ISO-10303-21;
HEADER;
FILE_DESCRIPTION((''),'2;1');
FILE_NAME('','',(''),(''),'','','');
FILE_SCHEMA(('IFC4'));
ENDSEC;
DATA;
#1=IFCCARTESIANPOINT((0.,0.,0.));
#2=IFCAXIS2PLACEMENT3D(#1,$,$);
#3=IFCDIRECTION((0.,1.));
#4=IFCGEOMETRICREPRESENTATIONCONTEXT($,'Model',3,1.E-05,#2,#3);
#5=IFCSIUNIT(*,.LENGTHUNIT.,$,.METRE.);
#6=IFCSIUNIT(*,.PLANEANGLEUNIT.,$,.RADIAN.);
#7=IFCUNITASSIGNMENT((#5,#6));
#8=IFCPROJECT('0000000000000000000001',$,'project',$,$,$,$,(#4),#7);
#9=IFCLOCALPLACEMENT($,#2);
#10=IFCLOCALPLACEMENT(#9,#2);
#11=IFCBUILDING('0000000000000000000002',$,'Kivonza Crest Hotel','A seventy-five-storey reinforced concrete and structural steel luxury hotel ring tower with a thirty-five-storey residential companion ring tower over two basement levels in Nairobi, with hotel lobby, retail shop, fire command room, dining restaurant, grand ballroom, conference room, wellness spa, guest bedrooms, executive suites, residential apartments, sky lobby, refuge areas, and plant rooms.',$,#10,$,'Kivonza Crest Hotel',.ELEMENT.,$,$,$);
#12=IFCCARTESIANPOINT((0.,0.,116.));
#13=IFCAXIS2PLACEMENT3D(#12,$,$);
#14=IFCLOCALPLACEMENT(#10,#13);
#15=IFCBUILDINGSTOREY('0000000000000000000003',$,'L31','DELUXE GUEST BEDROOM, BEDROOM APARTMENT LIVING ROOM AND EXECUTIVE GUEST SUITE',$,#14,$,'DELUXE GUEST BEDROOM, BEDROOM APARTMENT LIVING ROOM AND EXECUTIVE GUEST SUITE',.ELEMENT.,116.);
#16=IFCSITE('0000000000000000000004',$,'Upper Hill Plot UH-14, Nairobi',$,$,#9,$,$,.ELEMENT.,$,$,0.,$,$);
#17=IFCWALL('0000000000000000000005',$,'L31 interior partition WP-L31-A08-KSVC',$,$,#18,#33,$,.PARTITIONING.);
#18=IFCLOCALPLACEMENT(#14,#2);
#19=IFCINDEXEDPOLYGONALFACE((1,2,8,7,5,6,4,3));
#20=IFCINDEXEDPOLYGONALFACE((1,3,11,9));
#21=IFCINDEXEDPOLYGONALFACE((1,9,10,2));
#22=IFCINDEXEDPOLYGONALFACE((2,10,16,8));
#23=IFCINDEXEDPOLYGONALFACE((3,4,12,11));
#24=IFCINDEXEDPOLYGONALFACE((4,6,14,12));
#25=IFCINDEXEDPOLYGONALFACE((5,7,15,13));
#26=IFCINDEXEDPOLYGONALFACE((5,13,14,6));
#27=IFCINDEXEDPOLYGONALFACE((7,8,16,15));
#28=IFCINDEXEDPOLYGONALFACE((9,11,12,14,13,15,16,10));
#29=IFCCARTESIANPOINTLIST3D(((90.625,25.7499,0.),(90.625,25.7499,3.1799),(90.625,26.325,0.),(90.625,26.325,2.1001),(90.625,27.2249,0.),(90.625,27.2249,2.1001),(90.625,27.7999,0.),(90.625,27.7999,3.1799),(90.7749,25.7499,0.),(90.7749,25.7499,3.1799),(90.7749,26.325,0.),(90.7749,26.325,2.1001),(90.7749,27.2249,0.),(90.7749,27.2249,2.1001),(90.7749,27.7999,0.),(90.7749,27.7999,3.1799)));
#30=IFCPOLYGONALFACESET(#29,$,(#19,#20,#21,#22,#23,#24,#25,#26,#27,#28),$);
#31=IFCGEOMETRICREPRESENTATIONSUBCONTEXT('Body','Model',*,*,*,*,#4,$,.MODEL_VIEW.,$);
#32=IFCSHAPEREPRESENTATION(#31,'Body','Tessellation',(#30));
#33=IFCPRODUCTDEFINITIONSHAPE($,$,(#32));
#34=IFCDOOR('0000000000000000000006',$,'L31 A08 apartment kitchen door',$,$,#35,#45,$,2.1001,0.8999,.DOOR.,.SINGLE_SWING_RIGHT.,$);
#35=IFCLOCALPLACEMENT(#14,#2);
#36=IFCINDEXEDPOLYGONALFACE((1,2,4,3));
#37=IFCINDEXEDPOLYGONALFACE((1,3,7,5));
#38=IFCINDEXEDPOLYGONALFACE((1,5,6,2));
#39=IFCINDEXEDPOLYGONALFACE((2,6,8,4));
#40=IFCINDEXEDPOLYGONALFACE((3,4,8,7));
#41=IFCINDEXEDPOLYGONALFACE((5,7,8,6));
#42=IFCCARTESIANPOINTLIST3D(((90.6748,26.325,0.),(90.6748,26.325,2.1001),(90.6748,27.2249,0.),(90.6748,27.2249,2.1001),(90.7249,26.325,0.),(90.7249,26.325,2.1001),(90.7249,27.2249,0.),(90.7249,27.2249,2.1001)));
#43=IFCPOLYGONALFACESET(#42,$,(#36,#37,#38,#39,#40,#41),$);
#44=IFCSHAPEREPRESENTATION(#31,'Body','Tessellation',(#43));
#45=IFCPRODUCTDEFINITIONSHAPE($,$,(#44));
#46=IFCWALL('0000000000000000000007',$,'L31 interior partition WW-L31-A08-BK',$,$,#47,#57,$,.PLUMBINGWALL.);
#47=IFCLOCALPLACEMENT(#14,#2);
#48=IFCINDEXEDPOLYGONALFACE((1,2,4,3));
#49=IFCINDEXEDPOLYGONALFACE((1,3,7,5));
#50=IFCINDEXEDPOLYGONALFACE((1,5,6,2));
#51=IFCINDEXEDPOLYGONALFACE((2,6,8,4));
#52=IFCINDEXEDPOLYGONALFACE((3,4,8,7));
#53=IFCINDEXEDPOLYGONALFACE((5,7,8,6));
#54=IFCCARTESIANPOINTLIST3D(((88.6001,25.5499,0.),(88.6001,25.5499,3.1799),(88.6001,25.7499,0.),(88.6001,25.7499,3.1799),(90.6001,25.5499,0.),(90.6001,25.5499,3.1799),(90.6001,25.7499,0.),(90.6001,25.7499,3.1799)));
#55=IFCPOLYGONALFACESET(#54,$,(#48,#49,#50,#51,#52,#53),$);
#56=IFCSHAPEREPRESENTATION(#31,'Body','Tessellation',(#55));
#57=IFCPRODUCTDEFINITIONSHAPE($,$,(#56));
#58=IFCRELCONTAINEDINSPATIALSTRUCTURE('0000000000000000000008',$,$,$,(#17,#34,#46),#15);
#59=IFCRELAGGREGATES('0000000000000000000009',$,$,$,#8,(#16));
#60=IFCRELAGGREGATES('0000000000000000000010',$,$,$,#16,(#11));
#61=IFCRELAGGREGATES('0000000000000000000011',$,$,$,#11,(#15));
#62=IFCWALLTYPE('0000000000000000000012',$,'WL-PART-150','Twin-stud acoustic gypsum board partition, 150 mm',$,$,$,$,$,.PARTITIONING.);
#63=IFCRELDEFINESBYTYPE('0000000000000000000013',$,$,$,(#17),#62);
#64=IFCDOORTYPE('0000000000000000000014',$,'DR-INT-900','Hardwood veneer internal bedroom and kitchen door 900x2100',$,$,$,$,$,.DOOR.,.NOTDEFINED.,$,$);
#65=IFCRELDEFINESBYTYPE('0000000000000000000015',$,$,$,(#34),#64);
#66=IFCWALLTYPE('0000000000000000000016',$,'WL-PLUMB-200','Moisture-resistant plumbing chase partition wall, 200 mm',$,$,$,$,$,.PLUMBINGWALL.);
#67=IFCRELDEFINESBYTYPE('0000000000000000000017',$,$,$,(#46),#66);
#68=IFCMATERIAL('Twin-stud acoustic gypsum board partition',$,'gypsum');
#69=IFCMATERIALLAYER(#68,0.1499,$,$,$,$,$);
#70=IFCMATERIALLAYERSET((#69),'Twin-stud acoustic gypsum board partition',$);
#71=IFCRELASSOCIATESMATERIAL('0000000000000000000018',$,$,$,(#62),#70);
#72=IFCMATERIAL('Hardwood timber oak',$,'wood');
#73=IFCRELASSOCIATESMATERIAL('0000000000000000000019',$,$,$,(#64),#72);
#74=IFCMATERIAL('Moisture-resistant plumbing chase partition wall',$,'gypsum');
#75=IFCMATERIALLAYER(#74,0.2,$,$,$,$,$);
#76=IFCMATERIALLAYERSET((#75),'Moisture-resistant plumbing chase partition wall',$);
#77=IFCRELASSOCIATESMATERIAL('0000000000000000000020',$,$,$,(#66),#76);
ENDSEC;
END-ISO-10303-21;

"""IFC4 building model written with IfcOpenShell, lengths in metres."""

from ifc_helpers import new_model, si_unit, direction, frame, frame_2d, origin, place, context, subcontext, project, spatial, rectangle, extrude, material, layer, layer_set, type_object, element, fill, save


model = new_model("IFC4")

# Units and contexts
model_context = context("Model", 3, precision=1e-05, world=origin(), true_north=direction((0.0, 1.0)))
body_context = subcontext(model_context, "Body", "Model", "MODEL_VIEW")
ifc_project = project(units=[si_unit("LENGTHUNIT", "METRE"), si_unit("PLANEANGLEUNIT", "RADIAN")], contexts=[model_context])

# Site, building, storey
site_placement = place(None, origin())
site = spatial("IfcSite", under=ifc_project, at=site_placement, Name="Upper Hill Plot UH-14, Nairobi", CompositionType="ELEMENT", RefElevation=0.0)
building_placement = place(site_placement, origin())
building = spatial("IfcBuilding", under=site, at=building_placement, Name="Kivonza Crest Hotel", Description="A seventy-five-storey reinforced concrete and structural steel luxury hotel ring tower with a thirty-five-storey residential companion ring tower over two basement levels in Nairobi, with hotel lobby, retail shop, fire command room, dining restaurant, grand ballroom, conference room, wellness spa, guest bedrooms, executive suites, residential apartments, sky lobby, refuge areas, and plant rooms.", LongName="Kivonza Crest Hotel", CompositionType="ELEMENT")
storey_placement = place(building_placement, frame((0.0, 0.0, 116.0)))
storey = spatial("IfcBuildingStorey", under=building, at=storey_placement, Name="L31", Description="DELUXE GUEST BEDROOM, BEDROOM APARTMENT LIVING ROOM AND EXECUTIVE GUEST SUITE", LongName="DELUXE GUEST BEDROOM, BEDROOM APARTMENT LIVING ROOM AND EXECUTIVE GUEST SUITE", CompositionType="ELEMENT", Elevation=116.0)

# Shared definitions
ifc_material_1 = material(Name="Hardwood timber oak", Category="wood")

# Shared definitions
ifc_material_2 = material(Name="Twin-stud acoustic gypsum board partition", Category="gypsum")
ifc_layer_1 = layer(ifc_material_2, 0.1499)
ifc_layer_set_1 = layer_set([ifc_layer_1], Name="Twin-stud acoustic gypsum board partition")
wall_type_1 = type_object("IfcWallType", Name="WL-PART-150", Description="Twin-stud acoustic gypsum board partition, 150 mm", PredefinedType="PARTITIONING", material=ifc_layer_set_1)

# Wall, opening, door
wall_1_placement = place(storey_placement, frame((90.7, 25.75, 0.0), z_axis=(0.0, 0.0, 1.0), x_axis=(0.0, 1.0, 0.0)))
wall_1 = element("IfcWall", 1, at=wall_1_placement, inside=storey, type_object=wall_type_1, Name="L31 interior partition WP-L31-A08-KSVC", PredefinedType="PARTITIONING", context=body_context, shape_type="SweptSolid", body=[
    extrude(rectangle(XDim=2.05, YDim=0.1499, at=frame_2d((1.0249, 0.0))), origin(), (0.0, 0.0, 1.0), 3.1799),
])
opening_1_placement = place(wall_1_placement, frame((0.575, 0.0, 0.0)))
opening_1 = element("IfcOpeningElement", 2, at=opening_1_placement, cuts=wall_1, PredefinedType="OPENING", context=body_context, shape_type="SweptSolid", body=[
    extrude(rectangle(XDim=0.8999, YDim=2.1001, at=frame_2d((0.45, 1.05))), frame((0.0, 0.085, 0.0), z_axis=(0.0, -1.0, 0.0), x_axis=(1.0, 0.0, 0.0)), (0.0, 0.0, 1.0), 0.1699),
])
door_type_1 = type_object("IfcDoorType", Name="DR-INT-900", Description="Hardwood veneer internal bedroom and kitchen door 900x2100", OperationType="NOTDEFINED", PredefinedType="DOOR", material=ifc_material_1)
door_1_placement = place(opening_1_placement, frame((0.8999, 0.0, 0.0), z_axis=(0.0, 0.0, 1.0), x_axis=(-1.0, 0.0, 0.0)))
door_1 = element("IfcDoor", 3, at=door_1_placement, inside=storey, type_object=door_type_1, Name="L31 A08 apartment kitchen door", OperationType="SINGLE_SWING_RIGHT", OverallHeight=2.1001, OverallWidth=0.8999, PredefinedType="DOOR", context=body_context, shape_type="SweptSolid", body=[
    extrude(rectangle(XDim=0.8999, YDim=2.1001, at=frame_2d((0.45, 1.05))), frame((0.0, 0.0249, 0.0), z_axis=(0.0, -1.0, 0.0), x_axis=(1.0, 0.0, 0.0)), (0.0, 0.0, 1.0), 0.05),
])
fill(opening_1, door_1)

# Wall
ifc_material_3 = material(Name="Moisture-resistant plumbing chase partition wall", Category="gypsum")
ifc_layer_2 = layer(ifc_material_3, 0.2)
ifc_layer_set_2 = layer_set([ifc_layer_2], Name="Moisture-resistant plumbing chase partition wall")
wall_type_2 = type_object("IfcWallType", Name="WL-PLUMB-200", Description="Moisture-resistant plumbing chase partition wall, 200 mm", PredefinedType="PLUMBINGWALL", material=ifc_layer_set_2)
wall_2_placement = place(storey_placement, frame((88.6001, 25.6499, 0.0), z_axis=(0.0, 0.0, 1.0), x_axis=(1.0, 0.0, 0.0)))
element("IfcWall", 4, at=wall_2_placement, inside=storey, type_object=wall_type_2, Name="L31 interior partition WW-L31-A08-BK", PredefinedType="PLUMBINGWALL", context=body_context, shape_type="SweptSolid", body=[
    extrude(rectangle(XDim=2.0, YDim=0.2, at=frame_2d((1.0, 0.0))), origin(), (0.0, 0.0, 1.0), 3.1799),
])

save(model, "model.ifc")
